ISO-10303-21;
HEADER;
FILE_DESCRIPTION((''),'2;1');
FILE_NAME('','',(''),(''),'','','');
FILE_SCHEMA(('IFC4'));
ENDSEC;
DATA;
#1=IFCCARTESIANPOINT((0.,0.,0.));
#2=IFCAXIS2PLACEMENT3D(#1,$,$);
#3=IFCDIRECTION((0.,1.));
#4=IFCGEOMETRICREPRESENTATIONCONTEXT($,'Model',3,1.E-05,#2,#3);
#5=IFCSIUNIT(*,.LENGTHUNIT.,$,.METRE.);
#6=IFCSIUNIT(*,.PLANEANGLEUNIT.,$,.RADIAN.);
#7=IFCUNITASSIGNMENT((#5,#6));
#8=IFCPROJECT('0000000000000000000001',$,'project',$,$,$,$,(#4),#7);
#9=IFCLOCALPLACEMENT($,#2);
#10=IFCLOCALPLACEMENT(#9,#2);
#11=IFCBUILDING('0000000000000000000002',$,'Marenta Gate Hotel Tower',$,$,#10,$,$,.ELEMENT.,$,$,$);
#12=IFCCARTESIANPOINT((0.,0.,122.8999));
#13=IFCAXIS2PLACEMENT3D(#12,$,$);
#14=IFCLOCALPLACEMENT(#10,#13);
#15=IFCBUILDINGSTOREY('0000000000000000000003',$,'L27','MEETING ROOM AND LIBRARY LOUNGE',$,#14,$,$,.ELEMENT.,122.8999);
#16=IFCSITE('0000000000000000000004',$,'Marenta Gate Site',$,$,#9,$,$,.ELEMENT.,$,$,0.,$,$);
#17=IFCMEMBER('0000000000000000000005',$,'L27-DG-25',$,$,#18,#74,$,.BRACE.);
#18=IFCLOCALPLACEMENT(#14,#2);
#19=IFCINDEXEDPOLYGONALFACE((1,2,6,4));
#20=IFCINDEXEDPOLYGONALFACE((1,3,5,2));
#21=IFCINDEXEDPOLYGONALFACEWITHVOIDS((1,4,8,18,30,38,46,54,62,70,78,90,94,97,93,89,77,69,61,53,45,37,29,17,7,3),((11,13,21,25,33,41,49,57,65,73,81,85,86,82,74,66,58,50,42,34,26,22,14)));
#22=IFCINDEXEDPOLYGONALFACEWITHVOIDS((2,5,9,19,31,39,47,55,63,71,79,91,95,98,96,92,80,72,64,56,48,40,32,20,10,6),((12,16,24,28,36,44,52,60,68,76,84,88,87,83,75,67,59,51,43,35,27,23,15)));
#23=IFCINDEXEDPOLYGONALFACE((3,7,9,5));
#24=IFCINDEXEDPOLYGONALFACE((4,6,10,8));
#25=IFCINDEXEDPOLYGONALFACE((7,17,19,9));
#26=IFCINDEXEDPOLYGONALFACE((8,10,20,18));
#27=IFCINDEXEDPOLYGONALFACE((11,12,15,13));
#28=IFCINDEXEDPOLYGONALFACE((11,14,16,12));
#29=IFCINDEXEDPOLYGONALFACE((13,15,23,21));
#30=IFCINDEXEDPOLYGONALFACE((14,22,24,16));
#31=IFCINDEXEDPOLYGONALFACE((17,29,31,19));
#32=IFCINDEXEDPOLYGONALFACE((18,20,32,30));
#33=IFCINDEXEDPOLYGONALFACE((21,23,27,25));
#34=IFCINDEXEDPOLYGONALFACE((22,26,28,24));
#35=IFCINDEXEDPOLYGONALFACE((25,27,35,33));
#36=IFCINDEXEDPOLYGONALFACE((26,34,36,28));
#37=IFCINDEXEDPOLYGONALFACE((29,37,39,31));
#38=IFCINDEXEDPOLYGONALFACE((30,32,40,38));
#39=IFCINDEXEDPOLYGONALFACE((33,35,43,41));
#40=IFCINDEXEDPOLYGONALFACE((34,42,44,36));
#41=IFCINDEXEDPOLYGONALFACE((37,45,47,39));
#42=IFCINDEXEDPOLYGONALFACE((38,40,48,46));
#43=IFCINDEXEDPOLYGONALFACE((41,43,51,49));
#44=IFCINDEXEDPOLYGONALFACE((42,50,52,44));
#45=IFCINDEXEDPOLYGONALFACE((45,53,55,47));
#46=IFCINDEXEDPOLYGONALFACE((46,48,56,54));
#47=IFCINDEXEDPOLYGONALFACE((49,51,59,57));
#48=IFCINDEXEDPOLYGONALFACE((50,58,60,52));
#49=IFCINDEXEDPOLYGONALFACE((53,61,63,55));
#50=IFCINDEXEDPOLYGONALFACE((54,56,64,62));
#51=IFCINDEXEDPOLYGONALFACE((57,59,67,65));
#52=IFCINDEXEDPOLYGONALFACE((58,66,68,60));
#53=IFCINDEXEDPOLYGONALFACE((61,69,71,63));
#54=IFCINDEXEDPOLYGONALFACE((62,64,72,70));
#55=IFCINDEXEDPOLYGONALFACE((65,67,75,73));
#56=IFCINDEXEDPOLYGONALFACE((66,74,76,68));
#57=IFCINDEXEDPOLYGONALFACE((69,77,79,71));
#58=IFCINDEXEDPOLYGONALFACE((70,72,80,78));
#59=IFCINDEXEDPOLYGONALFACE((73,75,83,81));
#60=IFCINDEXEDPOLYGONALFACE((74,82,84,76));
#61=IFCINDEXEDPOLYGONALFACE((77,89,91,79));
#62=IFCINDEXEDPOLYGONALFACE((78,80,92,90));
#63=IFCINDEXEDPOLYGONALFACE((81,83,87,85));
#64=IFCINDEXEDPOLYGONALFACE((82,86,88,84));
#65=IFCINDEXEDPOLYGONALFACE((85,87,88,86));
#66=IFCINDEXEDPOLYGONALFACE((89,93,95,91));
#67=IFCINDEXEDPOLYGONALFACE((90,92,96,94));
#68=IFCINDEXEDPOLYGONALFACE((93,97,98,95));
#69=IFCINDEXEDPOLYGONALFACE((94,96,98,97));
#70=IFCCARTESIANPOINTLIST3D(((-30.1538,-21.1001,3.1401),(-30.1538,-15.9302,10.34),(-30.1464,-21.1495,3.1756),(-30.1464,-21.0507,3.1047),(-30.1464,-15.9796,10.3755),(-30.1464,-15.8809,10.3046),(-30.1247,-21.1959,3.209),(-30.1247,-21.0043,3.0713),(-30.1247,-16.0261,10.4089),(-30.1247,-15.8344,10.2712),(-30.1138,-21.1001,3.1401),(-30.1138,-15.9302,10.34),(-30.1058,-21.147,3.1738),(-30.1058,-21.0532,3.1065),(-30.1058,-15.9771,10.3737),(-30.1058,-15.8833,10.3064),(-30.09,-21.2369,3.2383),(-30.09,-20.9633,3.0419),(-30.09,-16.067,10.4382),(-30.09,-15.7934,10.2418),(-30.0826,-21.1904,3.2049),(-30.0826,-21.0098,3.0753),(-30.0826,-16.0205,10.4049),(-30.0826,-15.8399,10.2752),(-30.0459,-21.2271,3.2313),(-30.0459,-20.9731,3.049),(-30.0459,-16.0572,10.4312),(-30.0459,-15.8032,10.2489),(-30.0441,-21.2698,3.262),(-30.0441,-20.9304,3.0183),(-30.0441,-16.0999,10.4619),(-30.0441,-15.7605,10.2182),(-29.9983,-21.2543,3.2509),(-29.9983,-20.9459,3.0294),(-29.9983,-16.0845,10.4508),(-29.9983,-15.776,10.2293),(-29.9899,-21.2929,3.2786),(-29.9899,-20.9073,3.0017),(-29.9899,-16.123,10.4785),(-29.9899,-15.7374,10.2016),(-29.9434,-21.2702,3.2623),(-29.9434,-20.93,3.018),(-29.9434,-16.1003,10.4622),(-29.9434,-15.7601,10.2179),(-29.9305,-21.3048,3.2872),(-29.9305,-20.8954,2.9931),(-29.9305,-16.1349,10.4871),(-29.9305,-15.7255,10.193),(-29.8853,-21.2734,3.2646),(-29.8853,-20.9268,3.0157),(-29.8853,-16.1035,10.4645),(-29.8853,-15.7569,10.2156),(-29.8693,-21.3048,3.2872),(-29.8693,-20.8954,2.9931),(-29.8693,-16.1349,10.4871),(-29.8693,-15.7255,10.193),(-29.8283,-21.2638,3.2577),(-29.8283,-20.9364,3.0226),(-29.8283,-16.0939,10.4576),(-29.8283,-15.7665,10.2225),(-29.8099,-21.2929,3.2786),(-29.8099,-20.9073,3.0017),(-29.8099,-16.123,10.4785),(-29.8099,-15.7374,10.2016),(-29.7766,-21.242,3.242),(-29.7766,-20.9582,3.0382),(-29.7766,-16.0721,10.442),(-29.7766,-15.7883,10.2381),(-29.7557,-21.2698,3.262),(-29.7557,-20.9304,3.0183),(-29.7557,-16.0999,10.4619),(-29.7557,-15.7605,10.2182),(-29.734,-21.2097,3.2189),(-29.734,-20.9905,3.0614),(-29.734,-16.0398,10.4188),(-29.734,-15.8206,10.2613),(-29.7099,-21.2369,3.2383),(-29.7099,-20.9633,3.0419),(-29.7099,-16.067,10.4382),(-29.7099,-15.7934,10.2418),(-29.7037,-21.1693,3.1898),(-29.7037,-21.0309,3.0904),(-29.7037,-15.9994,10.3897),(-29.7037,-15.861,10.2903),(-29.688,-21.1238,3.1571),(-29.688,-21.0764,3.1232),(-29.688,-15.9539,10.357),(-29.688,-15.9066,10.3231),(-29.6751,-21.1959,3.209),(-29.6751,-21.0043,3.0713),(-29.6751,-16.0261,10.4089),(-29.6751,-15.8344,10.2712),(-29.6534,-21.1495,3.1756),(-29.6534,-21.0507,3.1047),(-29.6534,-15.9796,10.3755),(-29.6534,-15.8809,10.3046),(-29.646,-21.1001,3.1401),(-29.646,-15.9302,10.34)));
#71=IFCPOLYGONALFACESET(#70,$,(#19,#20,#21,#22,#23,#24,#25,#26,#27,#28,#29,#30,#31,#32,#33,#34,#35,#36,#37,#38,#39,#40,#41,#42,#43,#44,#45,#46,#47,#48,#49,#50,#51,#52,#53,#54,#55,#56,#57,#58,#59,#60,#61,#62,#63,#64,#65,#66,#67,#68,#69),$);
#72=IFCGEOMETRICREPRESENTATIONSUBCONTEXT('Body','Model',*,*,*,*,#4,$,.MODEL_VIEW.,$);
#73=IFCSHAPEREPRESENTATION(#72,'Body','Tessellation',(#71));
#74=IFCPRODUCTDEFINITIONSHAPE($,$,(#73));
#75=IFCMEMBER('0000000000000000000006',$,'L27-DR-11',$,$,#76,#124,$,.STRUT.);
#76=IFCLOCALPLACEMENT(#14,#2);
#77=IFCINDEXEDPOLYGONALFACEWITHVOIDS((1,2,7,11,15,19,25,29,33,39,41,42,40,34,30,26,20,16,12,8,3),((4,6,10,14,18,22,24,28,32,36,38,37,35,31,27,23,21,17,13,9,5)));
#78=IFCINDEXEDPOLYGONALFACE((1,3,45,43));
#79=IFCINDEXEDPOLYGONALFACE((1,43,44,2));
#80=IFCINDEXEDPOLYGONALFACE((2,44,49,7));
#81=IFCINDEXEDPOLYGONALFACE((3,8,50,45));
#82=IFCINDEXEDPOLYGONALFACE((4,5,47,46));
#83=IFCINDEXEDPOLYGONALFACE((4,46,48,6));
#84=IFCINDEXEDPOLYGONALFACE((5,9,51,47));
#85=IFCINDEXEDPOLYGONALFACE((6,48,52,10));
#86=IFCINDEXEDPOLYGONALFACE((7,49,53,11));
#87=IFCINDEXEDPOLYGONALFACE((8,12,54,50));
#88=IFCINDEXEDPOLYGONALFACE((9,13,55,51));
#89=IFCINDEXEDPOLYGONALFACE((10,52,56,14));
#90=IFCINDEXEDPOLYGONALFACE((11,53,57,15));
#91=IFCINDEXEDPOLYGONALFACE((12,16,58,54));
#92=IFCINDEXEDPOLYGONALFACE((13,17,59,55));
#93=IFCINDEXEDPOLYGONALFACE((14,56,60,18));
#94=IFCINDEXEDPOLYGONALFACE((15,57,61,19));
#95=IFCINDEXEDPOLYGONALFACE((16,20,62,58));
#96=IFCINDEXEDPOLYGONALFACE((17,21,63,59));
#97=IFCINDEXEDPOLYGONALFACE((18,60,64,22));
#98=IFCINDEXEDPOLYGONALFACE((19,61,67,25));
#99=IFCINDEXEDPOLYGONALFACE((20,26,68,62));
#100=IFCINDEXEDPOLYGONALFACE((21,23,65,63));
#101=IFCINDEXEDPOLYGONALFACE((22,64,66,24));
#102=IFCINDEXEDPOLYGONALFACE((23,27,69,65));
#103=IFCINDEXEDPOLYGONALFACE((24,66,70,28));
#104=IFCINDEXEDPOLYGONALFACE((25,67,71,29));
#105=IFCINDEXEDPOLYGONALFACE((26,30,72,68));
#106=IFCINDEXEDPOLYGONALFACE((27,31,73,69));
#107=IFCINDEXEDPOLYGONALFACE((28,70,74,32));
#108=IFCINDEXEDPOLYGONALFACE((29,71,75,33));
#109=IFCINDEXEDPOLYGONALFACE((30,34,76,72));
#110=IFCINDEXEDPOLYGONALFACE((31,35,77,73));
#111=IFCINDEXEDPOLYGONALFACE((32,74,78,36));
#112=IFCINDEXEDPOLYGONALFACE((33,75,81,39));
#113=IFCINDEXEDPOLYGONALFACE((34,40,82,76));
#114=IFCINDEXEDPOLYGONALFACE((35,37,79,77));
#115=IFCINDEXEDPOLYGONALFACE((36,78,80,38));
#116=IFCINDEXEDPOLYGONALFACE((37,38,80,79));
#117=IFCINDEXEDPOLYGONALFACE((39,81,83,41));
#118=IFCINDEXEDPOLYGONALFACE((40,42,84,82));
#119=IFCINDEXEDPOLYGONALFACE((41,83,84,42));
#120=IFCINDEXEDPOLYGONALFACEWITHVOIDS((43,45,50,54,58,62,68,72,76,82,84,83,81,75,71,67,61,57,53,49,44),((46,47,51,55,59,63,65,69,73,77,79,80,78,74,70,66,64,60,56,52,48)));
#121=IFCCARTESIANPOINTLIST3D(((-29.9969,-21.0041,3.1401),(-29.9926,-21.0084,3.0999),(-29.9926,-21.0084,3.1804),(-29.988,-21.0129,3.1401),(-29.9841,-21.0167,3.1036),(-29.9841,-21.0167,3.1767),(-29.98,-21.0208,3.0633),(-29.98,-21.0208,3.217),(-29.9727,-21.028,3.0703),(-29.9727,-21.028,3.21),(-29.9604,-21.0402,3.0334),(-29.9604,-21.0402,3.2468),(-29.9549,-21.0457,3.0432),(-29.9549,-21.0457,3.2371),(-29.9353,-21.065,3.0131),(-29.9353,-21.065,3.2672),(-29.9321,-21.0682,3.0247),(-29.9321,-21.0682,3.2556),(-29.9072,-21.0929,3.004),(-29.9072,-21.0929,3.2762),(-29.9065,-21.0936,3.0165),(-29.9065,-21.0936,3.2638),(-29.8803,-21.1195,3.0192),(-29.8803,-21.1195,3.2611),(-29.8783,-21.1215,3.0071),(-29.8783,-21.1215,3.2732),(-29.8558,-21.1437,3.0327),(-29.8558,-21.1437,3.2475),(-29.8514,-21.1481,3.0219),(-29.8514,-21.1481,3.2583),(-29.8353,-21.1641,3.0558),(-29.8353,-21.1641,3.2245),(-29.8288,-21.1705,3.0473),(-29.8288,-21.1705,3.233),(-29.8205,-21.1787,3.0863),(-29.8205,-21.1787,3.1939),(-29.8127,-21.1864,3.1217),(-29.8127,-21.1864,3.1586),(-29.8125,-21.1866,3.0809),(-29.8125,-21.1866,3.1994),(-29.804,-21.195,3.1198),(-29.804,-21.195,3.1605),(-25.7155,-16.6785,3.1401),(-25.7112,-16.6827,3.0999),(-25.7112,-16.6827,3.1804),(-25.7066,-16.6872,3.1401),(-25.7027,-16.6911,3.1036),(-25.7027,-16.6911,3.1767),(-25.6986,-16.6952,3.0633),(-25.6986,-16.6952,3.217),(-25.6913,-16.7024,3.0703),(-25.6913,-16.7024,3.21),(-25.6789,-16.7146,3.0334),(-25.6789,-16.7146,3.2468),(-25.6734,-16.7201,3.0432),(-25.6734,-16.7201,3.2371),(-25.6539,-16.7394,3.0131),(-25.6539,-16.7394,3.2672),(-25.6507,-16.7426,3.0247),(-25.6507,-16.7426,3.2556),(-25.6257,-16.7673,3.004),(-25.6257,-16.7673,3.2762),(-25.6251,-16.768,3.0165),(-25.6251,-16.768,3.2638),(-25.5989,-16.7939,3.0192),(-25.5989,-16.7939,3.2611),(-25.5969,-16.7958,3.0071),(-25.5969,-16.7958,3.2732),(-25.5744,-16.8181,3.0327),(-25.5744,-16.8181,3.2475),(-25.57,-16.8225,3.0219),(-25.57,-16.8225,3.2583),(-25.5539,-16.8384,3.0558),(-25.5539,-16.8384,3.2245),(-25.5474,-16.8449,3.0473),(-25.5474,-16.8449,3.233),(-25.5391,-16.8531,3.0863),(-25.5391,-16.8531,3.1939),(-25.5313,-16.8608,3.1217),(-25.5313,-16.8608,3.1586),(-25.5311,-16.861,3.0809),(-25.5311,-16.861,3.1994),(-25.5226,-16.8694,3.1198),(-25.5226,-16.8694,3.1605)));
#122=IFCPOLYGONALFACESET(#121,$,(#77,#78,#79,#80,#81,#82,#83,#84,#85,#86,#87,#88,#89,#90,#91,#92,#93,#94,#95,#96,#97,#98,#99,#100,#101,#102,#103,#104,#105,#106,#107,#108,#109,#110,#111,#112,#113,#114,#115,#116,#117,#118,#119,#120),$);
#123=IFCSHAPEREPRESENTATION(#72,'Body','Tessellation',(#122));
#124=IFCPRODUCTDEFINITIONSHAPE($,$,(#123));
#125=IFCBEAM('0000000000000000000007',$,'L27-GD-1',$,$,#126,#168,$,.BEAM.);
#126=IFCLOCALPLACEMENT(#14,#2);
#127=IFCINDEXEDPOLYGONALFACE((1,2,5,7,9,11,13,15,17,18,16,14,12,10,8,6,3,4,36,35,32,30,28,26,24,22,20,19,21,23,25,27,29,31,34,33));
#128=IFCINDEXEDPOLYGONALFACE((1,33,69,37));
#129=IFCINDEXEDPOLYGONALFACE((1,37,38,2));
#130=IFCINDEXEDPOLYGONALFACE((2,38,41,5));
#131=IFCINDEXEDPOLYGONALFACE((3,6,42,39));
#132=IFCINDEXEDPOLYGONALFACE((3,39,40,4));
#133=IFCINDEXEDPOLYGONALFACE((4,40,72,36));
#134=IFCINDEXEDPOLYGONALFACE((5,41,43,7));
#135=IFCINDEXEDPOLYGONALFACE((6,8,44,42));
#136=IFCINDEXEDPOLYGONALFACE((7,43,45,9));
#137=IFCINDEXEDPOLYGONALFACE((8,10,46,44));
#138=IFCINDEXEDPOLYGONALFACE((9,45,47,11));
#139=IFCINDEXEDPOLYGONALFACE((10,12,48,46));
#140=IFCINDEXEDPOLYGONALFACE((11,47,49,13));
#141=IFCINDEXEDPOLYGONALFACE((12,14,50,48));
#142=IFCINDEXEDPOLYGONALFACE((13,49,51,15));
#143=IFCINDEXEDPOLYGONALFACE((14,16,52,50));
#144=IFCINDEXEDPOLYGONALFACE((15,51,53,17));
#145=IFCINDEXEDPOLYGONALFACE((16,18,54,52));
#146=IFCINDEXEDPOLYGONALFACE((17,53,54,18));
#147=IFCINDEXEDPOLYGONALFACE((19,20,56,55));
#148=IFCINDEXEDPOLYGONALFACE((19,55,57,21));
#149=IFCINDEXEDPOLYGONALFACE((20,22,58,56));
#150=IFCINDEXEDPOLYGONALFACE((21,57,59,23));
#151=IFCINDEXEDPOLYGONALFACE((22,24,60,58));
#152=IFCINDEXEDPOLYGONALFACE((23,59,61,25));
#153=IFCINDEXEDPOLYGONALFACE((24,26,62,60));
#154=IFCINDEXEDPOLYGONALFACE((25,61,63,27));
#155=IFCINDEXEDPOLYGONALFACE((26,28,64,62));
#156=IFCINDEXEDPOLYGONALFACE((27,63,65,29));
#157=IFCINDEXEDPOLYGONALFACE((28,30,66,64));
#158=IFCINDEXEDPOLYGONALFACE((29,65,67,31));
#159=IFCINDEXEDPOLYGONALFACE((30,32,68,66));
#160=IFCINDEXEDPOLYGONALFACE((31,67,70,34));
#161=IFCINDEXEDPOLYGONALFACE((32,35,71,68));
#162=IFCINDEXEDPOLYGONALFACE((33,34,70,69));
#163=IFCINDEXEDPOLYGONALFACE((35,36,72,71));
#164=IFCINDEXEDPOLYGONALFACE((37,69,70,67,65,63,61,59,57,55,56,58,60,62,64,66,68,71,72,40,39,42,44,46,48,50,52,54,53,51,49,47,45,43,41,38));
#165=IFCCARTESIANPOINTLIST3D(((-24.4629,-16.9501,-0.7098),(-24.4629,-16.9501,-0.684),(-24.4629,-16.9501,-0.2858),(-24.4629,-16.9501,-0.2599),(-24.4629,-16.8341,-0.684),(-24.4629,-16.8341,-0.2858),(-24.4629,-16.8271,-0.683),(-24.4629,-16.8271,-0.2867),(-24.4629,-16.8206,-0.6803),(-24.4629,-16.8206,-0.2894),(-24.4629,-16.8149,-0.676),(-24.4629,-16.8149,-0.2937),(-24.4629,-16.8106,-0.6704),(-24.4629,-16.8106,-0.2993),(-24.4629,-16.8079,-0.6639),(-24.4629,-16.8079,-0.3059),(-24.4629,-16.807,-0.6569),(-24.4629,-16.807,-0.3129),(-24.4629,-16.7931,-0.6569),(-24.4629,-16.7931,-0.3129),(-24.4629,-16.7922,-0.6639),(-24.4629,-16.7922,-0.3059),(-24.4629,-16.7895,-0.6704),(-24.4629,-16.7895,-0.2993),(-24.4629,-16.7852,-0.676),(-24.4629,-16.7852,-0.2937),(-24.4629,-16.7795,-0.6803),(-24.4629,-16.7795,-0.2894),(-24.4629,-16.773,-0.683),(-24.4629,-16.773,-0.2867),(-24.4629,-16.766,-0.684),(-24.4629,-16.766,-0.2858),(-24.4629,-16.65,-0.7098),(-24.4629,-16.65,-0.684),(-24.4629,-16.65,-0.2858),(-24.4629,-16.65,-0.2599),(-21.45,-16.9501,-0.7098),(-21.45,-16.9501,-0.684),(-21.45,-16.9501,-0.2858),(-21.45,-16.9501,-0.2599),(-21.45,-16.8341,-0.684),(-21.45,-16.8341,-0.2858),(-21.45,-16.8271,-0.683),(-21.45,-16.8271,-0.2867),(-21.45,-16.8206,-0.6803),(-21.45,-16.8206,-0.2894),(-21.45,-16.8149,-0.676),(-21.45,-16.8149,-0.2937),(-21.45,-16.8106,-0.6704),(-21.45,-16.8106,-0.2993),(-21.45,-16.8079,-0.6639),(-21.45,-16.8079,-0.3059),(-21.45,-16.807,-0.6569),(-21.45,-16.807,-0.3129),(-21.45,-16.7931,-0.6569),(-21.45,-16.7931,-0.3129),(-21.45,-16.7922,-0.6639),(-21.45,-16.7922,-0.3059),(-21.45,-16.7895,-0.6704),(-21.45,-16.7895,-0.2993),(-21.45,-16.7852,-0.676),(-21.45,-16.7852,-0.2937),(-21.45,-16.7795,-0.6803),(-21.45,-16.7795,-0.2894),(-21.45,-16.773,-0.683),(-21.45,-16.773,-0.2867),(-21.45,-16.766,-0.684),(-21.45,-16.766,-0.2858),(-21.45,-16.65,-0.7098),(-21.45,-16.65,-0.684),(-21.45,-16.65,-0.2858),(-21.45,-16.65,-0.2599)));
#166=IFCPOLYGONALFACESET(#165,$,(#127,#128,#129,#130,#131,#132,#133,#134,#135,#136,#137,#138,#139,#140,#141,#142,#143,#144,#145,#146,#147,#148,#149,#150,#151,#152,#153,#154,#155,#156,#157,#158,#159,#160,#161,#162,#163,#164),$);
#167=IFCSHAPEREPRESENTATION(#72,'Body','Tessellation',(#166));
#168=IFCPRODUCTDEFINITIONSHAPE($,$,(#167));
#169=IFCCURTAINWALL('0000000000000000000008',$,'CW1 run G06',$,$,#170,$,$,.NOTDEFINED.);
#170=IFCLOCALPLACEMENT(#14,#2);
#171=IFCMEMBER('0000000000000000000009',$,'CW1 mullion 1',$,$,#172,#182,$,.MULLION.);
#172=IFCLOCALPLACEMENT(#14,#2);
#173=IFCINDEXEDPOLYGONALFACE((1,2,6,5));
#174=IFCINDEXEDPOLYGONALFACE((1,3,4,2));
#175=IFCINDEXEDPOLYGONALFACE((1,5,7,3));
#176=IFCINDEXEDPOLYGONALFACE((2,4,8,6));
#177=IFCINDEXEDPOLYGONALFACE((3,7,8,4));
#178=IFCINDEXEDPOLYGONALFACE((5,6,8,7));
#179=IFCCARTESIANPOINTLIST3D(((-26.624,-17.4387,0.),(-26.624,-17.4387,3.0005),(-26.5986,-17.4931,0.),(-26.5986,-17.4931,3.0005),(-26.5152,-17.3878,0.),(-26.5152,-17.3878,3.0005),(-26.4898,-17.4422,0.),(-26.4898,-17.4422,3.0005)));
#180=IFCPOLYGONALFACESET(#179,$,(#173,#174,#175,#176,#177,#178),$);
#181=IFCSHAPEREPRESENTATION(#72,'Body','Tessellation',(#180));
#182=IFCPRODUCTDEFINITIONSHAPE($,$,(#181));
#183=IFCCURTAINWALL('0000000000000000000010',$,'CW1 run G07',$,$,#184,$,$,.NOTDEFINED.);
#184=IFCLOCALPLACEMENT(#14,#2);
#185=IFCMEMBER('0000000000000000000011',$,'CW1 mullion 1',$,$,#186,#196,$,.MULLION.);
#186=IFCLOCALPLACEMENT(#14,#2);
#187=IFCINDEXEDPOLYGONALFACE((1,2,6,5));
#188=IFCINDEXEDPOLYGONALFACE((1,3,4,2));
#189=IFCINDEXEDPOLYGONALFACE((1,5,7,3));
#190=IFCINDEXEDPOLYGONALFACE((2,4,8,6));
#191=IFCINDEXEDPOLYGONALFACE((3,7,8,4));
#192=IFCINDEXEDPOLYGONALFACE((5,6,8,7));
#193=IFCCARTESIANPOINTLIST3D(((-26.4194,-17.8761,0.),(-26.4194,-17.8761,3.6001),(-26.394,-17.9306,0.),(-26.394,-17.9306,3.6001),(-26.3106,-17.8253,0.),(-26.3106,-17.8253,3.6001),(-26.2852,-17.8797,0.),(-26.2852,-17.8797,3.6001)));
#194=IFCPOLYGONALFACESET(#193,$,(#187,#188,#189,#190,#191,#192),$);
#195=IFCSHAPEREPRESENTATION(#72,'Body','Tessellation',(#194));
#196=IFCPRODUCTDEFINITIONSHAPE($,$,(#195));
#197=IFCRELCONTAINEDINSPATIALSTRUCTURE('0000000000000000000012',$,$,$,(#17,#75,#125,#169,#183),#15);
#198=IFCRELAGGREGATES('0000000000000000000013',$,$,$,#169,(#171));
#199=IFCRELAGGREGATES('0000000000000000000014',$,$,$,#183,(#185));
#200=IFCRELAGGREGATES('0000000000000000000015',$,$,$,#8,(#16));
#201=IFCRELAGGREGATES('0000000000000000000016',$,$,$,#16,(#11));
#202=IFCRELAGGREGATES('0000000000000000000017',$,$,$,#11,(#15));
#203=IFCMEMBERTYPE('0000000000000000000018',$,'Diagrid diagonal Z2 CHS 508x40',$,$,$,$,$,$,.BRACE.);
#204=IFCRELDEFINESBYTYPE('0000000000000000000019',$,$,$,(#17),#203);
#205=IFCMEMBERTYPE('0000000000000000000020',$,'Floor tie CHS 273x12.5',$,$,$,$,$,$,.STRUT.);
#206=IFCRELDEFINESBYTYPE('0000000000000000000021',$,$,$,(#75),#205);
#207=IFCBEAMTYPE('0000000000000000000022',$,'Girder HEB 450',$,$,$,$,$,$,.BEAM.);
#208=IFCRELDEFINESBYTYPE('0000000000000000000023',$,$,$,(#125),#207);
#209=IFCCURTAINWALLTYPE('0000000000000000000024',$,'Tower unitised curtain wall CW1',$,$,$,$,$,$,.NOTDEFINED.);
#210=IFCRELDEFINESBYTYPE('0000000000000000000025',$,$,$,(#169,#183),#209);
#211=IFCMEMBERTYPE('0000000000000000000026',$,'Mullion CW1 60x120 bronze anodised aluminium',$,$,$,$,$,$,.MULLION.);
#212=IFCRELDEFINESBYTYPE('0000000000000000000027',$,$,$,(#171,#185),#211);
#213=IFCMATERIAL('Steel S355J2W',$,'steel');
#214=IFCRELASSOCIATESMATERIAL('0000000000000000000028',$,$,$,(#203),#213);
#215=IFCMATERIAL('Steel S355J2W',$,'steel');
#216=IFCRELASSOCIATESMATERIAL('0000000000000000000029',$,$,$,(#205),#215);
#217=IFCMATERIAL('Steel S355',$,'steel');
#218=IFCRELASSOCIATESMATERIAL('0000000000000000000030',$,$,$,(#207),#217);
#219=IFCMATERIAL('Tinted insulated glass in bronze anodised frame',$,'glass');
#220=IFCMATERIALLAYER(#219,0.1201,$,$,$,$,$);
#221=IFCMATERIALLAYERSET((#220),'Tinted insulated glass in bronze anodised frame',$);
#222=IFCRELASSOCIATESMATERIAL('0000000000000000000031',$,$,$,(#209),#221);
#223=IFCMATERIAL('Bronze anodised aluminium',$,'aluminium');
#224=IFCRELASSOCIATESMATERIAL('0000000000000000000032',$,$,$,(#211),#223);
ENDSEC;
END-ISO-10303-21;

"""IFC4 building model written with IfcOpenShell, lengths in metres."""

from ifc_helpers import new_model, si_unit, direction, frame, origin, origin_2d, place, context, subcontext, project, spatial, rectangle, hollow_circle, i_section, extrude, material, layer, layer_set, material_profile, profile_set, type_object, element, aggregate, save


model = new_model("IFC4")

# Units and contexts
model_context = context("Model", 3, precision=1e-05, world=origin(), true_north=direction((0.0, 1.0)))
body_context = subcontext(model_context, "Body", "Model", "MODEL_VIEW")
ifc_project = project(units=[si_unit("LENGTHUNIT", "METRE"), si_unit("PLANEANGLEUNIT", "RADIAN")], contexts=[model_context])

# Site, building, storey
site_placement = place(None, origin())
site = spatial("IfcSite", under=ifc_project, at=site_placement, Name="Marenta Gate Site", CompositionType="ELEMENT", RefElevation=0.0)
building_placement = place(site_placement, origin())
building = spatial("IfcBuilding", under=site, at=building_placement, Name="Marenta Gate Hotel Tower", CompositionType="ELEMENT")
storey_placement = place(building_placement, frame((0.0, 0.0, 122.8999)))
storey = spatial("IfcBuildingStorey", under=building, at=storey_placement, Name="L27", Description="MEETING ROOM AND LIBRARY LOUNGE", CompositionType="ELEMENT", Elevation=122.8999)

# Members
ifc_material_1 = material(Name="Steel S355J2W", Category="steel")
ifc_material_profile_1 = material_profile(ifc_material_1, hollow_circle(Radius=0.2539, WallThickness=0.04, at=origin_2d()), Name="CHS 508x40")
ifc_profile_set_1 = profile_set([ifc_material_profile_1], Name="Steel S355J2W")
member_type_1 = type_object("IfcMemberType", Name="Diagrid diagonal Z2 CHS 508x40", PredefinedType="BRACE", material=ifc_profile_set_1)
member_1_placement = place(storey_placement, frame((-29.8999, -21.1001, 3.1401), z_axis=(0.0, 0.583261, 0.812285), x_axis=(-1.0, 0.0, 0.0)))
element("IfcMember", 1, at=member_1_placement, inside=storey, type_object=member_type_1, Name="L27-DG-25", PredefinedType="BRACE", context=body_context, shape_type="SweptSolid", body=[
    extrude(hollow_circle(Radius=0.2539, WallThickness=0.04, at=origin_2d()), origin(), (0.0, 0.0, 1.0), 8.8638),
])
ifc_material_2 = material(Name="Steel S355J2W", Category="steel")
ifc_material_profile_2 = material_profile(ifc_material_2, hollow_circle(Radius=0.1365, WallThickness=0.0125, at=origin_2d()), Name="CHS 273x12.5")
ifc_profile_set_2 = profile_set([ifc_material_profile_2], Name="Steel S355J2W")
member_type_2 = type_object("IfcMemberType", Name="Floor tie CHS 273x12.5", PredefinedType="STRUT", material=ifc_profile_set_2)
member_2_placement = place(storey_placement, frame((-29.8999, -21.1001, 3.1401), z_axis=(0.703467, 0.710728, 0.0), x_axis=(-0.710728, 0.703467, 0.0)))
element("IfcMember", 2, at=member_2_placement, inside=storey, type_object=member_type_2, Name="L27-DR-11", PredefinedType="STRUT", context=body_context, shape_type="SweptSolid", body=[
    extrude(hollow_circle(Radius=0.1365, WallThickness=0.0125, at=origin_2d()), origin(), (0.0, 0.0, 1.0), 6.0862),
])

# Beam
ifc_material_3 = material(Name="Steel S355", Category="steel")
ifc_material_profile_3 = material_profile(ifc_material_3, i_section(OverallWidth=0.3, OverallDepth=0.45, WebThickness=0.0139, FlangeThickness=0.0259, FilletRadius=0.0271, at=origin_2d()), Name="HEB 450")
ifc_profile_set_3 = profile_set([ifc_material_profile_3], Name="Steel S355")
beam_type = type_object("IfcBeamType", Name="Girder HEB 450", PredefinedType="BEAM", material=ifc_profile_set_3)
beam_placement = place(storey_placement, frame((-24.4629, -16.8, -0.4849), z_axis=(1.0, 0.0, 0.0), x_axis=(0.0, 1.0, 0.0)))
element("IfcBeam", 3, at=beam_placement, inside=storey, type_object=beam_type, Name="L27-GD-1", PredefinedType="BEAM", context=body_context, shape_type="SweptSolid", body=[
    extrude(i_section(OverallWidth=0.3, OverallDepth=0.45, WebThickness=0.0139, FlangeThickness=0.0259, FilletRadius=0.0271, at=origin_2d()), origin(), (0.0, 0.0, 1.0), 3.0129),
])

# Curtain walls, members
ifc_material_4 = material(Name="Tinted insulated glass in bronze anodised frame", Category="glass")
ifc_layer_1 = layer(ifc_material_4, 0.1201)
ifc_layer_set_1 = layer_set([ifc_layer_1], Name="Tinted insulated glass in bronze anodised frame")
curtain_wall_type = type_object("IfcCurtainWallType", Name="Tower unitised curtain wall CW1", PredefinedType="NOTDEFINED", material=ifc_layer_set_1)
curtain_wall_1_placement = place(storey_placement, origin())
curtain_wall_1 = element("IfcCurtainWall", 4, at=curtain_wall_1_placement, inside=storey, type_object=curtain_wall_type, Name="CW1 run G06", PredefinedType="NOTDEFINED")
ifc_material_5 = material(Name="Bronze anodised aluminium", Category="aluminium")
ifc_material_profile_4 = material_profile(ifc_material_5, rectangle(XDim=0.1201, YDim=0.0601, at=origin_2d()), Name="Mullion CW1 60x120 bronze anodised aluminium")
ifc_profile_set_4 = profile_set([ifc_material_profile_4], Name="Bronze anodised aluminium")
member_type_3 = type_object("IfcMemberType", Name="Mullion CW1 60x120 bronze anodised aluminium", PredefinedType="MULLION", material=ifc_profile_set_4)
member_3_placement = place(storey_placement, frame((-26.5569, -17.4404, 0.0), z_axis=(0.0, 0.0, 1.0), x_axis=(0.905961, 0.423362, 0.0)))
member_3 = element("IfcMember", 5, at=member_3_placement, type_object=member_type_3, Name="CW1 mullion 1", PredefinedType="MULLION", context=body_context, shape_type="SweptSolid", body=[
    extrude(rectangle(XDim=0.1201, YDim=0.0601, at=origin_2d()), origin(), (0.0, 0.0, 1.0), 3.0005),
])
curtain_wall_2_placement = place(storey_placement, origin())
curtain_wall_2 = element("IfcCurtainWall", 6, at=curtain_wall_2_placement, inside=storey, type_object=curtain_wall_type, Name="CW1 run G07", PredefinedType="NOTDEFINED")
member_4_placement = place(storey_placement, frame((-26.3523, -17.8779, 0.0), z_axis=(0.0, 0.0, 1.0), x_axis=(0.906001, 0.423275, 0.0)))
member_4 = element("IfcMember", 7, at=member_4_placement, type_object=member_type_3, Name="CW1 mullion 1", PredefinedType="MULLION", context=body_context, shape_type="SweptSolid", body=[
    extrude(rectangle(XDim=0.1201, YDim=0.0601, at=origin_2d()), origin(), (0.0, 0.0, 1.0), 3.6001),
])

aggregate(curtain_wall_1, [member_3])
aggregate(curtain_wall_2, [member_4])

save(model, "model.ifc")
